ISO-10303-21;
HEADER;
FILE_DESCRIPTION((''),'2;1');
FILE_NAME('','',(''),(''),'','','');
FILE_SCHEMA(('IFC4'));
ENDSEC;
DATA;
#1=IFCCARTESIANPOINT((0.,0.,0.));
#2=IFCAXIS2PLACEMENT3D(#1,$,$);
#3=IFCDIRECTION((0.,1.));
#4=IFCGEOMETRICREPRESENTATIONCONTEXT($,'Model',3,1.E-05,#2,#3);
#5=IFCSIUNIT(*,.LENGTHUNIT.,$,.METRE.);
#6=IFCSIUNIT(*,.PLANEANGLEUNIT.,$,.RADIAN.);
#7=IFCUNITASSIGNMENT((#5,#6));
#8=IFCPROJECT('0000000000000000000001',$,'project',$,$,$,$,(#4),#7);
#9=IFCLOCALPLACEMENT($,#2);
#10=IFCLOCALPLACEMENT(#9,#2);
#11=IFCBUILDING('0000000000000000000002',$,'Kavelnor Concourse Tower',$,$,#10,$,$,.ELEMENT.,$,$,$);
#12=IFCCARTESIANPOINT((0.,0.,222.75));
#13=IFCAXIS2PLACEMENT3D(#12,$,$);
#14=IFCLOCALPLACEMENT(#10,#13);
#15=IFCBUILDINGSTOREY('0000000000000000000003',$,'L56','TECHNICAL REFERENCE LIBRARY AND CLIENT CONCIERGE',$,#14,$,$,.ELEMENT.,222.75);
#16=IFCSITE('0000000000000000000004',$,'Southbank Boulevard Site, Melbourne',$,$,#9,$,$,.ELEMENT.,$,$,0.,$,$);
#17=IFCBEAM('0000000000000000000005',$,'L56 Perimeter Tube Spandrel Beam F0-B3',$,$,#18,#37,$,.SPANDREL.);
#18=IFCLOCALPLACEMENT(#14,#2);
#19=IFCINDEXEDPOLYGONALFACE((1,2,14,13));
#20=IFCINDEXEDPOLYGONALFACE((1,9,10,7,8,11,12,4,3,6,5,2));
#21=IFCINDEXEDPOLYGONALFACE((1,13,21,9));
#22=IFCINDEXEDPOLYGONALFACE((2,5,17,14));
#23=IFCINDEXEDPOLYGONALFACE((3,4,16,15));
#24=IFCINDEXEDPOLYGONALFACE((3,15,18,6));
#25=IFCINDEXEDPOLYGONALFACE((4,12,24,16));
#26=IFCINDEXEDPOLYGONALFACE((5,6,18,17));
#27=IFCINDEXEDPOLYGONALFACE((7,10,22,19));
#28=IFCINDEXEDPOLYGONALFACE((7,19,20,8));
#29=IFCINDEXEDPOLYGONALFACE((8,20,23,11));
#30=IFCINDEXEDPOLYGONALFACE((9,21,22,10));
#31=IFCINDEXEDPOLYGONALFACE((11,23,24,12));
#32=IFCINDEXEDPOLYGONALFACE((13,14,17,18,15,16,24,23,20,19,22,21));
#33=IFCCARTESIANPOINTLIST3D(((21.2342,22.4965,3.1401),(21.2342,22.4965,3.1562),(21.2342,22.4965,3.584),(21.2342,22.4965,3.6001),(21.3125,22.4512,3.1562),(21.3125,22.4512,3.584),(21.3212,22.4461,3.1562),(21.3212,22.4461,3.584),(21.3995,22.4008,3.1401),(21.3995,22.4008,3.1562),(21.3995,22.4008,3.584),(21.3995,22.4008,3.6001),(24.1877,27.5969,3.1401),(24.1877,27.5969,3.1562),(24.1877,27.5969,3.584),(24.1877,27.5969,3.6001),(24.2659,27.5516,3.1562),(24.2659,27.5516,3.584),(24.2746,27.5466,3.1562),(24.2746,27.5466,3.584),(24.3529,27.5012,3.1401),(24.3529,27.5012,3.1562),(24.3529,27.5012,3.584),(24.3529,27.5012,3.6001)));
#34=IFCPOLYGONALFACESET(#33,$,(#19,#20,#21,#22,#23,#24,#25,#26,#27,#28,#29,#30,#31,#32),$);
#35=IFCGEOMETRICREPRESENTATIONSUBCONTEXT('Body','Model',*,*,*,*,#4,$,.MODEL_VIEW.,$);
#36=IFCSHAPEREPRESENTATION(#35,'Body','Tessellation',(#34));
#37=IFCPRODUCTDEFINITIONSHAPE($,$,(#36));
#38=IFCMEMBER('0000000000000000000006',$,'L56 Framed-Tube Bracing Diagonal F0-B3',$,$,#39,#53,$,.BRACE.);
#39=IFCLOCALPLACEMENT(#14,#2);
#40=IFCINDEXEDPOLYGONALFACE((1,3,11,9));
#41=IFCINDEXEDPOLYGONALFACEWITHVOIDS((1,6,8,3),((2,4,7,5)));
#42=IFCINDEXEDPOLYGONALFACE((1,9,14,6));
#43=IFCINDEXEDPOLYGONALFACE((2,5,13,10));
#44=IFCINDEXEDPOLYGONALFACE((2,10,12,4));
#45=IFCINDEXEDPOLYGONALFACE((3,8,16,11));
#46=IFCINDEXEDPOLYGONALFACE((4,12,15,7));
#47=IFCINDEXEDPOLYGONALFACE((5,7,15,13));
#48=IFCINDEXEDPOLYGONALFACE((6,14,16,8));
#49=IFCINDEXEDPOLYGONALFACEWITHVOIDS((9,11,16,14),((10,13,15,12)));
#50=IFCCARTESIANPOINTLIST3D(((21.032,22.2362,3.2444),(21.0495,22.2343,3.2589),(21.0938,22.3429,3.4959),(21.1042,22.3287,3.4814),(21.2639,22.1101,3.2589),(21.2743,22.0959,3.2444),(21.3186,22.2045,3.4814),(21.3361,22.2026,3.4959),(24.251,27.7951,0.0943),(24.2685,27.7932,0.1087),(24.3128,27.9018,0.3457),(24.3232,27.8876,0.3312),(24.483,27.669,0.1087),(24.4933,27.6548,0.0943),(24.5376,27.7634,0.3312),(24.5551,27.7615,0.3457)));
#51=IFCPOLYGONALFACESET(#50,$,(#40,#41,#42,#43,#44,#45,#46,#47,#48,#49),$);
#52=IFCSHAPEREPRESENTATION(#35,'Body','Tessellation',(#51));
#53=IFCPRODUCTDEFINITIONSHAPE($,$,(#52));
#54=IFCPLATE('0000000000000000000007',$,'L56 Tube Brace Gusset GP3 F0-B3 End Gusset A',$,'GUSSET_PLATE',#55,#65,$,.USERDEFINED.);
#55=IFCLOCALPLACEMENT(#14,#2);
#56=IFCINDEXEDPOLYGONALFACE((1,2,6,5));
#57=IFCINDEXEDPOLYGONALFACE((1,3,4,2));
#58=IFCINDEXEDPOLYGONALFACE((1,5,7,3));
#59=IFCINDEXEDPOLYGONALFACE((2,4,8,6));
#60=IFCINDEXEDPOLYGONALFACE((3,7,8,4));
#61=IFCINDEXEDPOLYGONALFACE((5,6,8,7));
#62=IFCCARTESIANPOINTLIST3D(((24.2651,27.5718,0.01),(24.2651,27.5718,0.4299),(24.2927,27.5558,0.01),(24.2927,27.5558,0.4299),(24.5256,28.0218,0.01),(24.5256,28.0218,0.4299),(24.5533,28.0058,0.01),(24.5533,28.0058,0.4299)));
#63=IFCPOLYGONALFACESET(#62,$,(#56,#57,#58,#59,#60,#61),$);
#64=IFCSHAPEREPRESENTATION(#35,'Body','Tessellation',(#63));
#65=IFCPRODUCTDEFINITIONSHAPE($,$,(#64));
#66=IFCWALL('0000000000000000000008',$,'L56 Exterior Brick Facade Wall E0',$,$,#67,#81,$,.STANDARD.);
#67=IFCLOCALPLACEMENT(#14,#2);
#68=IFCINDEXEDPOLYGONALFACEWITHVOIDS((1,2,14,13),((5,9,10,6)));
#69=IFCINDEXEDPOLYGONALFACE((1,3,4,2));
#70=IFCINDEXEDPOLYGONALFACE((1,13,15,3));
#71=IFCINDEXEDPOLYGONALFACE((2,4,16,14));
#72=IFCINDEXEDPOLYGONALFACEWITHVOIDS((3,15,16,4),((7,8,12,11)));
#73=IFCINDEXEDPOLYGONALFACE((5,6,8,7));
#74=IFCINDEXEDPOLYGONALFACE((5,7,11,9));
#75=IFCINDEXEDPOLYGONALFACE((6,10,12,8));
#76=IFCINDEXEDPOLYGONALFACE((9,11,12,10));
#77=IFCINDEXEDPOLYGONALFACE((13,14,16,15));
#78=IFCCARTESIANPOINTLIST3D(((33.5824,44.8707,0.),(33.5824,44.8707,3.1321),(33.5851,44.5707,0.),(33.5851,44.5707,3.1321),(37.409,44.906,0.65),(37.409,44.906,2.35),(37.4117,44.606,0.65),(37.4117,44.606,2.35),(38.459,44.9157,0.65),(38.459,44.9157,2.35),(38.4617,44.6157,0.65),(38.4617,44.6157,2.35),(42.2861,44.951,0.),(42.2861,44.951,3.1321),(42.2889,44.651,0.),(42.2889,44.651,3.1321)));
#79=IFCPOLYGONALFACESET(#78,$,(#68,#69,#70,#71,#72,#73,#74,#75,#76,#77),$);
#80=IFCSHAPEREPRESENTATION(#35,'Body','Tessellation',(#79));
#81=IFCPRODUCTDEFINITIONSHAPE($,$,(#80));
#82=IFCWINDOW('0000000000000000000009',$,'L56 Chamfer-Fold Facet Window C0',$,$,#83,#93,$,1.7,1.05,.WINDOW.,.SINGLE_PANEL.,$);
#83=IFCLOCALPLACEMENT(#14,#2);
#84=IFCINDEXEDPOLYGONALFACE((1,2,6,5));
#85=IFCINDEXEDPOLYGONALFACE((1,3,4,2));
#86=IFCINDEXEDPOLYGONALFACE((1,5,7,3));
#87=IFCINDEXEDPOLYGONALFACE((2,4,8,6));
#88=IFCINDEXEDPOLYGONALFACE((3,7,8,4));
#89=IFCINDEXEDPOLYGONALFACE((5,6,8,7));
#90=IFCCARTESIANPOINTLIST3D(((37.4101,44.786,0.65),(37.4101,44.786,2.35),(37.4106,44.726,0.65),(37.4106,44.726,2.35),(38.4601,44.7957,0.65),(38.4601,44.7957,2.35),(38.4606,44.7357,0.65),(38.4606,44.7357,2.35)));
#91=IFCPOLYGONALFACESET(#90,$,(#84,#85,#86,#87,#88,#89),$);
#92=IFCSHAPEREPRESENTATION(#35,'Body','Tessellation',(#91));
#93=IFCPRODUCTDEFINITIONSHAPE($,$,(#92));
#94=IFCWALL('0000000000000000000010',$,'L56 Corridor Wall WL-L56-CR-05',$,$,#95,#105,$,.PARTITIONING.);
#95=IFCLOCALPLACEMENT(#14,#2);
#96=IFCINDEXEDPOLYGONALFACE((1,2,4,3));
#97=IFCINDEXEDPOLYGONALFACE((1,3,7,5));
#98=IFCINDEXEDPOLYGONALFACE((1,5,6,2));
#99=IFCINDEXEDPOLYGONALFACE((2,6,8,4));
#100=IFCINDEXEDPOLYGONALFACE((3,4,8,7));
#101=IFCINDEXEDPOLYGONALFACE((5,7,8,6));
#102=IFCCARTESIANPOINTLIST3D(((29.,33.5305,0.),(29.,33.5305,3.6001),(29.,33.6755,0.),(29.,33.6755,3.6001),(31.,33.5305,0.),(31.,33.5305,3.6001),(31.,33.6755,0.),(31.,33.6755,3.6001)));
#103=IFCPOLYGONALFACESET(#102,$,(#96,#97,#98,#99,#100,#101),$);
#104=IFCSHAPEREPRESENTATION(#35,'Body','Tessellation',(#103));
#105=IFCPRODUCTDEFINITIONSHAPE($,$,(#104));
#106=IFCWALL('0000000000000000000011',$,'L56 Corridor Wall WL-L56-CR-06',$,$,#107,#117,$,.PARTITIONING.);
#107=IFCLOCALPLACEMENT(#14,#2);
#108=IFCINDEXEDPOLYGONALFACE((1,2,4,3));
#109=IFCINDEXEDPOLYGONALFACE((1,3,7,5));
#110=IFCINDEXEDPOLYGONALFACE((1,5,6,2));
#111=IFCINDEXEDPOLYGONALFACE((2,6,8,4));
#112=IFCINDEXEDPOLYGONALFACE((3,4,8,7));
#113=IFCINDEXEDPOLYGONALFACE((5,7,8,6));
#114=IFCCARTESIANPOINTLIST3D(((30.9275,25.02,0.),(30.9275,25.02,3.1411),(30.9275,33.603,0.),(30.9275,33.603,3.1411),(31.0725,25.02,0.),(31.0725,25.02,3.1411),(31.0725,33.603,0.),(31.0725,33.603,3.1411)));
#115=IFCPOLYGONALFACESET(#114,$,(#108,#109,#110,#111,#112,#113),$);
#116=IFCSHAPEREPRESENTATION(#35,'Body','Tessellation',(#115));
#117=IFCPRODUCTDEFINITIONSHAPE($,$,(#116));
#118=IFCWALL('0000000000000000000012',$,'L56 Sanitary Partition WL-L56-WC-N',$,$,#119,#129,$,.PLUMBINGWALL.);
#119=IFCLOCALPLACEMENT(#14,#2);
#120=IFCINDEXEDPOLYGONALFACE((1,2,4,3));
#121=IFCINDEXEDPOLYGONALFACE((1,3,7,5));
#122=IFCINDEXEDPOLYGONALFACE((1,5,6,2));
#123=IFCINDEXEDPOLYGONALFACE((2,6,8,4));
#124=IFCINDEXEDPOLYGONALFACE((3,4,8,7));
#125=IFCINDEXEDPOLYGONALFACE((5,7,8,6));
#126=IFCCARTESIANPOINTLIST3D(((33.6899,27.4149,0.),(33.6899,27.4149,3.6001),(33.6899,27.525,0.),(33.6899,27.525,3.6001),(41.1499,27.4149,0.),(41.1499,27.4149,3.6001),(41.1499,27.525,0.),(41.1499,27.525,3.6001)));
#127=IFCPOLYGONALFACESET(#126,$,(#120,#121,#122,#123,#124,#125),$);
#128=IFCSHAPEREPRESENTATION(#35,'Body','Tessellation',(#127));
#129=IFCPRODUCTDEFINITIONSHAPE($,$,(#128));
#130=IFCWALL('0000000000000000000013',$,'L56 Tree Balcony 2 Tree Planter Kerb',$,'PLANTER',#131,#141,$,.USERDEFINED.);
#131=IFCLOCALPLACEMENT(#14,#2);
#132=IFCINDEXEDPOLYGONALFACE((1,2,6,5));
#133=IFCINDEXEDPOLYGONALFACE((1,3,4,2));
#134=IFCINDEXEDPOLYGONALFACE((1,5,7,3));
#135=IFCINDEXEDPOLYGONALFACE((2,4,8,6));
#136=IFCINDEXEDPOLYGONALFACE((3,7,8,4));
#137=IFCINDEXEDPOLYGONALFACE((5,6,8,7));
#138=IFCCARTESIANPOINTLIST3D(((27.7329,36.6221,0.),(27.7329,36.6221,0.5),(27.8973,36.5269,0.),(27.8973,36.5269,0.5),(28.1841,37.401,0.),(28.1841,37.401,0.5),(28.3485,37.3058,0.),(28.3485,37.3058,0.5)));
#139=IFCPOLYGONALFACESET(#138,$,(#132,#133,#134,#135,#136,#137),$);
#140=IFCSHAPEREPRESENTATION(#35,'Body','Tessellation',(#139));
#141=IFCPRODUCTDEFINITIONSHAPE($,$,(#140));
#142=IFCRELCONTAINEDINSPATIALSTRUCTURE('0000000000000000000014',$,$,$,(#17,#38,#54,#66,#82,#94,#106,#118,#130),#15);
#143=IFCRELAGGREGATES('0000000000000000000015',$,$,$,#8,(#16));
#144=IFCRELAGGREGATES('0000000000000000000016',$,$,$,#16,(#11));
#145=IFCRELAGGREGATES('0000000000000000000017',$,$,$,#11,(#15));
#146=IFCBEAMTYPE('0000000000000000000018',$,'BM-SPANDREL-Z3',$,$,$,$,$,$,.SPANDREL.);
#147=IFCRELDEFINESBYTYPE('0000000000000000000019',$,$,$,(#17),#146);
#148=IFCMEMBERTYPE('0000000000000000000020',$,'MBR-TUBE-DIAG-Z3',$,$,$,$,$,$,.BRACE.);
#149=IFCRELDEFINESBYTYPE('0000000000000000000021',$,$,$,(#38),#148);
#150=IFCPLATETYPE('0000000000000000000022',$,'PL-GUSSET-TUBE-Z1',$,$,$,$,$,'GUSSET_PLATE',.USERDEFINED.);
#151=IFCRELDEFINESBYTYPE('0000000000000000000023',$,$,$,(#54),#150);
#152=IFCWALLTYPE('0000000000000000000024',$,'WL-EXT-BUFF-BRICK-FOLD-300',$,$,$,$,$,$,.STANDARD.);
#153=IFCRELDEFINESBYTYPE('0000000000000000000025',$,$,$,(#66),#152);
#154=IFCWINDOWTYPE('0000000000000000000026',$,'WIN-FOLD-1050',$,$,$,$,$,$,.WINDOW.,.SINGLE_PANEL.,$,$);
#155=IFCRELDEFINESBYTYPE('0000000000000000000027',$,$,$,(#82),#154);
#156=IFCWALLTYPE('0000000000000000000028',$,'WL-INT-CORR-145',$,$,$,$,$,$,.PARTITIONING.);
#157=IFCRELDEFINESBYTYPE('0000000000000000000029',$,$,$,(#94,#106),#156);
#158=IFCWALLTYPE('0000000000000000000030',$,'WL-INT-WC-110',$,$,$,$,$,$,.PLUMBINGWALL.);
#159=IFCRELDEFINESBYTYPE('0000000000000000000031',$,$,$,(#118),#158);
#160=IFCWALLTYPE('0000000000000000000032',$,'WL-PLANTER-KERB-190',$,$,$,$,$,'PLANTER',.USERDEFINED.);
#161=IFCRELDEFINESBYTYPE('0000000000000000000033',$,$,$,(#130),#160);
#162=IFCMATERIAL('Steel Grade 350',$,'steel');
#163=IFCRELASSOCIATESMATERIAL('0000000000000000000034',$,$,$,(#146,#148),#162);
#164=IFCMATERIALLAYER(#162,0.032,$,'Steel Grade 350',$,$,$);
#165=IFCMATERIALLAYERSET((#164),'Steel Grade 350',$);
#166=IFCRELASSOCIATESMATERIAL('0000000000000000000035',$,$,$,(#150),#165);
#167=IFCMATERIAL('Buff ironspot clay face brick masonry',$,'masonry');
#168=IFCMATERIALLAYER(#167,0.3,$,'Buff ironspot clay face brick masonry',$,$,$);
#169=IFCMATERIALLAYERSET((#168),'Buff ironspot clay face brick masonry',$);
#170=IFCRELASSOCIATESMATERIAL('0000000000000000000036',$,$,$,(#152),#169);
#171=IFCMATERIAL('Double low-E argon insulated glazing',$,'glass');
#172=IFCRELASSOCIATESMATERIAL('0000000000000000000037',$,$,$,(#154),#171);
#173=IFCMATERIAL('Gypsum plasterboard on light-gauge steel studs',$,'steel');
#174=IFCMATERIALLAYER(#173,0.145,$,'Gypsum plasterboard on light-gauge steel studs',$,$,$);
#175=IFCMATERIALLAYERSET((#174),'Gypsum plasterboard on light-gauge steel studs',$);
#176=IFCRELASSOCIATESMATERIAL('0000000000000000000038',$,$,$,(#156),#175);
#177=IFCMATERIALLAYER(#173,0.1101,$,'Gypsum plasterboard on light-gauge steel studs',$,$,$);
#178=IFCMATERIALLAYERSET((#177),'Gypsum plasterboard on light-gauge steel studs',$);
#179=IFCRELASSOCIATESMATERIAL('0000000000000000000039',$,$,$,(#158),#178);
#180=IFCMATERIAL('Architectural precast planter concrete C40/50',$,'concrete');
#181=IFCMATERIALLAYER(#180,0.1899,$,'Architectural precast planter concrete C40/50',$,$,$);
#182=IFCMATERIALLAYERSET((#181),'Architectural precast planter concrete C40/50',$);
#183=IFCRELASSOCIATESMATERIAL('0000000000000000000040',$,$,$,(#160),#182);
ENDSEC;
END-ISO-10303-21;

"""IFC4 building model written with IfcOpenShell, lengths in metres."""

from ifc_helpers import new_model, si_unit, direction, frame, frame_2d, origin, origin_2d, place, context, subcontext, project, spatial, rectangle, hollow_rectangle, i_section, extrude, material, layer, layer_set, material_profile, profile_set, type_object, element, fill, save


model = new_model("IFC4")

# Units and contexts
model_context = context("Model", 3, precision=1e-05, world=origin(), true_north=direction((0.0, 1.0)))
body_context = subcontext(model_context, "Body", "Model", "MODEL_VIEW")
ifc_project = project(units=[si_unit("LENGTHUNIT", "METRE"), si_unit("PLANEANGLEUNIT", "RADIAN")], contexts=[model_context])

# Site, building, storey
site_placement = place(None, origin())
site = spatial("IfcSite", under=ifc_project, at=site_placement, Name="Southbank Boulevard Site, Melbourne", CompositionType="ELEMENT", RefElevation=0.0)
building_placement = place(site_placement, origin())
building = spatial("IfcBuilding", under=site, at=building_placement, Name="Kavelnor Concourse Tower", CompositionType="ELEMENT")
storey_placement = place(building_placement, frame((0.0, 0.0, 222.75)))
storey = spatial("IfcBuildingStorey", under=building, at=storey_placement, Name="L56", Description="TECHNICAL REFERENCE LIBRARY AND CLIENT CONCIERGE", CompositionType="ELEMENT", Elevation=222.75)

# Shared definitions
ifc_material_1 = material(Name="Steel Grade 350", Category="steel")

# Beam
ifc_material_profile_1 = material_profile(ifc_material_1, i_section(OverallWidth=0.1909, OverallDepth=0.46, WebThickness=0.01, FlangeThickness=0.0161, at=origin_2d()), Name="460UB82")
ifc_profile_set_1 = profile_set([ifc_material_profile_1], Name="Steel Grade 350")
beam_type_1 = type_object("IfcBeamType", Name="BM-SPANDREL-Z3", PredefinedType="SPANDREL", material=ifc_profile_set_1)
for number, where, z_axis, x_axis, name in (
    (1, (24.2703, 27.5491, 3.3701), (-0.501105, -0.865387, 0.0), (0.865387, -0.501105, 0.0), "L56 Perimeter Tube Spandrel Beam F0-B3"),
):
    element("IfcBeam", number, at=place(storey_placement, frame(where, z_axis=z_axis, x_axis=x_axis)), inside=storey, type_object=beam_type_1, Name=name, PredefinedType="SPANDREL", context=body_context, shape_type="SweptSolid", body=[
        extrude(i_section(OverallWidth=0.1909, OverallDepth=0.46, WebThickness=0.01, FlangeThickness=0.0161, at=origin_2d()), origin(), (0.0, 0.0, 1.0), 5.8938),
    ])

# Member
ifc_material_profile_2 = material_profile(ifc_material_1, hollow_rectangle(XDim=0.28, YDim=0.28, WallThickness=0.0161, at=origin_2d()), Name="SHS 280x280x16")
ifc_profile_set_2 = profile_set([ifc_material_profile_2], Name="Steel Grade 350")
member_type = type_object("IfcMemberType", Name="MBR-TUBE-DIAG-Z3", PredefinedType="BRACE", material=ifc_profile_set_2)
member_placement = place(storey_placement, frame((24.4031, 27.7783, 0.22), z_axis=(-0.44993, -0.776977, 0.440306), x_axis=(0.865378, -0.50112, 0.0)))
element("IfcMember", 2, at=member_placement, inside=storey, type_object=member_type, Name="L56 Framed-Tube Bracing Diagonal F0-B3", PredefinedType="BRACE", context=body_context, shape_type="SweptSolid", body=[
    extrude(hollow_rectangle(XDim=0.28, YDim=0.28, WallThickness=0.0161, at=origin_2d()), origin(), (0.0, 0.0, 1.0), 7.1545),
])

# Plate
ifc_layer_1 = layer(ifc_material_1, 0.032, Name="Steel Grade 350")
ifc_layer_set_1 = layer_set([ifc_layer_1], Name="Steel Grade 350")
plate_type = type_object("IfcPlateType", Name="PL-GUSSET-TUBE-Z1", ElementType="GUSSET_PLATE", PredefinedType="USERDEFINED", material=ifc_layer_set_1)
plate_placement = place(storey_placement, frame((24.4092, 27.7888, 0.01), z_axis=(0.0, 0.0, 1.0), x_axis=(-0.501058, -0.865414, 0.0)))
element("IfcPlate", 3, at=plate_placement, inside=storey, type_object=plate_type, Name="L56 Tube Brace Gusset GP3 F0-B3 End Gusset A", ObjectType="GUSSET_PLATE", PredefinedType="USERDEFINED", context=body_context, shape_type="SweptSolid", body=[
    extrude(rectangle(XDim=0.52, YDim=0.032, at=origin_2d()), origin(), (0.0, 0.0, 1.0), 0.4199),
])

# Wall, opening, window
ifc_material_2 = material(Name="Buff ironspot clay face brick masonry", Category="masonry")
ifc_layer_2 = layer(ifc_material_2, 0.3, Name="Buff ironspot clay face brick masonry")
ifc_layer_set_2 = layer_set([ifc_layer_2], Name="Buff ironspot clay face brick masonry")
wall_type_1 = type_object("IfcWallType", Name="WL-EXT-BUFF-BRICK-FOLD-300", PredefinedType="STANDARD", material=ifc_layer_set_2)
wall_1_placement = place(storey_placement, frame((33.5837, 44.7207, 0.0), z_axis=(0.0, 0.0, 1.0), x_axis=(0.999957, 0.009228, 0.0)))
wall_1 = element("IfcWall", 4, at=wall_1_placement, inside=storey, type_object=wall_type_1, Name="L56 Exterior Brick Facade Wall E0", PredefinedType="STANDARD", context=body_context, shape_type="SweptSolid", body=[
    extrude(rectangle(XDim=8.7041, YDim=0.3, at=frame_2d((4.3521, 0.0))), origin(), (0.0, 0.0, 1.0), 3.1321),
])
opening_placement = place(wall_1_placement, frame((3.8269, 0.0, 0.6499)))
opening = element("IfcOpeningElement", 5, at=opening_placement, cuts=wall_1, PredefinedType="OPENING", context=body_context, shape_type="SweptSolid", body=[
    extrude(rectangle(XDim=1.05, YDim=1.7, at=frame_2d((0.5249, 0.8501))), frame((0.0, 0.1602, 0.0), z_axis=(0.0, -1.0, 0.0), x_axis=(1.0, 0.0, 0.0)), (0.0, 0.0, 1.0), 0.3201),
])
ifc_material_3 = material(Name="Double low-E argon insulated glazing", Category="glass")
window_type = type_object("IfcWindowType", Name="WIN-FOLD-1050", PartitioningType="SINGLE_PANEL", PredefinedType="WINDOW", material=ifc_material_3)
window_placement = place(opening_placement, origin())
window = element("IfcWindow", 6, at=window_placement, inside=storey, type_object=window_type, Name="L56 Chamfer-Fold Facet Window C0", OverallHeight=1.7, OverallWidth=1.05, PartitioningType="SINGLE_PANEL", PredefinedType="WINDOW", context=body_context, shape_type="SweptSolid", body=[
    extrude(rectangle(XDim=1.05, YDim=1.7, at=frame_2d((0.5249, 0.8501))), frame((0.0, 0.03, 0.0), z_axis=(0.0, -1.0, 0.0), x_axis=(1.0, 0.0, 0.0)), (0.0, 0.0, 1.0), 0.0601),
])
fill(opening, window)

# Walls
ifc_material_4 = material(Name="Gypsum plasterboard on light-gauge steel studs", Category="steel")
ifc_layer_3 = layer(ifc_material_4, 0.145, Name="Gypsum plasterboard on light-gauge steel studs")
ifc_layer_set_3 = layer_set([ifc_layer_3], Name="Gypsum plasterboard on light-gauge steel studs")
wall_type_2 = type_object("IfcWallType", Name="WL-INT-CORR-145", PredefinedType="PARTITIONING", material=ifc_layer_set_3)
wall_2_placement = place(storey_placement, frame((29.0, 33.603, 0.0), z_axis=(0.0, 0.0, 1.0), x_axis=(1.0, 0.0, 0.0)))
element("IfcWall", 7, at=wall_2_placement, inside=storey, type_object=wall_type_2, Name="L56 Corridor Wall WL-L56-CR-05", PredefinedType="PARTITIONING", context=body_context, shape_type="SweptSolid", body=[
    extrude(rectangle(XDim=2.0, YDim=0.145, at=frame_2d((1.0, 0.0))), origin(), (0.0, 0.0, 1.0), 3.6001),
])
wall_3_placement = place(storey_placement, frame((31.0, 33.603, 0.0), z_axis=(0.0, 0.0, 1.0), x_axis=(0.0, -1.0, 0.0)))
element("IfcWall", 8, at=wall_3_placement, inside=storey, type_object=wall_type_2, Name="L56 Corridor Wall WL-L56-CR-06", PredefinedType="PARTITIONING", context=body_context, shape_type="SweptSolid", body=[
    extrude(rectangle(XDim=8.583, YDim=0.145, at=frame_2d((4.2915, 0.0))), origin(), (0.0, 0.0, 1.0), 3.1411),
])
ifc_layer_4 = layer(ifc_material_4, 0.1101, Name="Gypsum plasterboard on light-gauge steel studs")
ifc_layer_set_4 = layer_set([ifc_layer_4], Name="Gypsum plasterboard on light-gauge steel studs")
wall_type_3 = type_object("IfcWallType", Name="WL-INT-WC-110", PredefinedType="PLUMBINGWALL", material=ifc_layer_set_4)
wall_4_placement = place(storey_placement, frame((33.6899, 27.47, 0.0), z_axis=(0.0, 0.0, 1.0), x_axis=(1.0, 0.0, 0.0)))
element("IfcWall", 9, at=wall_4_placement, inside=storey, type_object=wall_type_3, Name="L56 Sanitary Partition WL-L56-WC-N", PredefinedType="PLUMBINGWALL", context=body_context, shape_type="SweptSolid", body=[
    extrude(rectangle(XDim=7.46, YDim=0.1101, at=frame_2d((3.73, 0.0))), origin(), (0.0, 0.0, 1.0), 3.6001),
])
ifc_material_5 = material(Name="Architectural precast planter concrete C40/50", Category="concrete")
ifc_layer_5 = layer(ifc_material_5, 0.1899, Name="Architectural precast planter concrete C40/50")
ifc_layer_set_5 = layer_set([ifc_layer_5], Name="Architectural precast planter concrete C40/50")
wall_type_4 = type_object("IfcWallType", Name="WL-PLANTER-KERB-190", ElementType="PLANTER", PredefinedType="USERDEFINED", material=ifc_layer_set_5)
wall_5_placement = place(storey_placement, frame((28.2664, 37.3535, 0.0), z_axis=(0.0, 0.0, 1.0), x_axis=(-0.501271, -0.86529, 0.0)))
element("IfcWall", 10, at=wall_5_placement, inside=storey, type_object=wall_type_4, Name="L56 Tree Balcony 2 Tree Planter Kerb", ObjectType="PLANTER", PredefinedType="USERDEFINED", context=body_context, shape_type="SweptSolid", body=[
    extrude(rectangle(XDim=0.9001, YDim=0.1899, at=frame_2d((0.4502, 0.0))), origin(), (0.0, 0.0, 1.0), 0.5),
])

save(model, "model.ifc")
